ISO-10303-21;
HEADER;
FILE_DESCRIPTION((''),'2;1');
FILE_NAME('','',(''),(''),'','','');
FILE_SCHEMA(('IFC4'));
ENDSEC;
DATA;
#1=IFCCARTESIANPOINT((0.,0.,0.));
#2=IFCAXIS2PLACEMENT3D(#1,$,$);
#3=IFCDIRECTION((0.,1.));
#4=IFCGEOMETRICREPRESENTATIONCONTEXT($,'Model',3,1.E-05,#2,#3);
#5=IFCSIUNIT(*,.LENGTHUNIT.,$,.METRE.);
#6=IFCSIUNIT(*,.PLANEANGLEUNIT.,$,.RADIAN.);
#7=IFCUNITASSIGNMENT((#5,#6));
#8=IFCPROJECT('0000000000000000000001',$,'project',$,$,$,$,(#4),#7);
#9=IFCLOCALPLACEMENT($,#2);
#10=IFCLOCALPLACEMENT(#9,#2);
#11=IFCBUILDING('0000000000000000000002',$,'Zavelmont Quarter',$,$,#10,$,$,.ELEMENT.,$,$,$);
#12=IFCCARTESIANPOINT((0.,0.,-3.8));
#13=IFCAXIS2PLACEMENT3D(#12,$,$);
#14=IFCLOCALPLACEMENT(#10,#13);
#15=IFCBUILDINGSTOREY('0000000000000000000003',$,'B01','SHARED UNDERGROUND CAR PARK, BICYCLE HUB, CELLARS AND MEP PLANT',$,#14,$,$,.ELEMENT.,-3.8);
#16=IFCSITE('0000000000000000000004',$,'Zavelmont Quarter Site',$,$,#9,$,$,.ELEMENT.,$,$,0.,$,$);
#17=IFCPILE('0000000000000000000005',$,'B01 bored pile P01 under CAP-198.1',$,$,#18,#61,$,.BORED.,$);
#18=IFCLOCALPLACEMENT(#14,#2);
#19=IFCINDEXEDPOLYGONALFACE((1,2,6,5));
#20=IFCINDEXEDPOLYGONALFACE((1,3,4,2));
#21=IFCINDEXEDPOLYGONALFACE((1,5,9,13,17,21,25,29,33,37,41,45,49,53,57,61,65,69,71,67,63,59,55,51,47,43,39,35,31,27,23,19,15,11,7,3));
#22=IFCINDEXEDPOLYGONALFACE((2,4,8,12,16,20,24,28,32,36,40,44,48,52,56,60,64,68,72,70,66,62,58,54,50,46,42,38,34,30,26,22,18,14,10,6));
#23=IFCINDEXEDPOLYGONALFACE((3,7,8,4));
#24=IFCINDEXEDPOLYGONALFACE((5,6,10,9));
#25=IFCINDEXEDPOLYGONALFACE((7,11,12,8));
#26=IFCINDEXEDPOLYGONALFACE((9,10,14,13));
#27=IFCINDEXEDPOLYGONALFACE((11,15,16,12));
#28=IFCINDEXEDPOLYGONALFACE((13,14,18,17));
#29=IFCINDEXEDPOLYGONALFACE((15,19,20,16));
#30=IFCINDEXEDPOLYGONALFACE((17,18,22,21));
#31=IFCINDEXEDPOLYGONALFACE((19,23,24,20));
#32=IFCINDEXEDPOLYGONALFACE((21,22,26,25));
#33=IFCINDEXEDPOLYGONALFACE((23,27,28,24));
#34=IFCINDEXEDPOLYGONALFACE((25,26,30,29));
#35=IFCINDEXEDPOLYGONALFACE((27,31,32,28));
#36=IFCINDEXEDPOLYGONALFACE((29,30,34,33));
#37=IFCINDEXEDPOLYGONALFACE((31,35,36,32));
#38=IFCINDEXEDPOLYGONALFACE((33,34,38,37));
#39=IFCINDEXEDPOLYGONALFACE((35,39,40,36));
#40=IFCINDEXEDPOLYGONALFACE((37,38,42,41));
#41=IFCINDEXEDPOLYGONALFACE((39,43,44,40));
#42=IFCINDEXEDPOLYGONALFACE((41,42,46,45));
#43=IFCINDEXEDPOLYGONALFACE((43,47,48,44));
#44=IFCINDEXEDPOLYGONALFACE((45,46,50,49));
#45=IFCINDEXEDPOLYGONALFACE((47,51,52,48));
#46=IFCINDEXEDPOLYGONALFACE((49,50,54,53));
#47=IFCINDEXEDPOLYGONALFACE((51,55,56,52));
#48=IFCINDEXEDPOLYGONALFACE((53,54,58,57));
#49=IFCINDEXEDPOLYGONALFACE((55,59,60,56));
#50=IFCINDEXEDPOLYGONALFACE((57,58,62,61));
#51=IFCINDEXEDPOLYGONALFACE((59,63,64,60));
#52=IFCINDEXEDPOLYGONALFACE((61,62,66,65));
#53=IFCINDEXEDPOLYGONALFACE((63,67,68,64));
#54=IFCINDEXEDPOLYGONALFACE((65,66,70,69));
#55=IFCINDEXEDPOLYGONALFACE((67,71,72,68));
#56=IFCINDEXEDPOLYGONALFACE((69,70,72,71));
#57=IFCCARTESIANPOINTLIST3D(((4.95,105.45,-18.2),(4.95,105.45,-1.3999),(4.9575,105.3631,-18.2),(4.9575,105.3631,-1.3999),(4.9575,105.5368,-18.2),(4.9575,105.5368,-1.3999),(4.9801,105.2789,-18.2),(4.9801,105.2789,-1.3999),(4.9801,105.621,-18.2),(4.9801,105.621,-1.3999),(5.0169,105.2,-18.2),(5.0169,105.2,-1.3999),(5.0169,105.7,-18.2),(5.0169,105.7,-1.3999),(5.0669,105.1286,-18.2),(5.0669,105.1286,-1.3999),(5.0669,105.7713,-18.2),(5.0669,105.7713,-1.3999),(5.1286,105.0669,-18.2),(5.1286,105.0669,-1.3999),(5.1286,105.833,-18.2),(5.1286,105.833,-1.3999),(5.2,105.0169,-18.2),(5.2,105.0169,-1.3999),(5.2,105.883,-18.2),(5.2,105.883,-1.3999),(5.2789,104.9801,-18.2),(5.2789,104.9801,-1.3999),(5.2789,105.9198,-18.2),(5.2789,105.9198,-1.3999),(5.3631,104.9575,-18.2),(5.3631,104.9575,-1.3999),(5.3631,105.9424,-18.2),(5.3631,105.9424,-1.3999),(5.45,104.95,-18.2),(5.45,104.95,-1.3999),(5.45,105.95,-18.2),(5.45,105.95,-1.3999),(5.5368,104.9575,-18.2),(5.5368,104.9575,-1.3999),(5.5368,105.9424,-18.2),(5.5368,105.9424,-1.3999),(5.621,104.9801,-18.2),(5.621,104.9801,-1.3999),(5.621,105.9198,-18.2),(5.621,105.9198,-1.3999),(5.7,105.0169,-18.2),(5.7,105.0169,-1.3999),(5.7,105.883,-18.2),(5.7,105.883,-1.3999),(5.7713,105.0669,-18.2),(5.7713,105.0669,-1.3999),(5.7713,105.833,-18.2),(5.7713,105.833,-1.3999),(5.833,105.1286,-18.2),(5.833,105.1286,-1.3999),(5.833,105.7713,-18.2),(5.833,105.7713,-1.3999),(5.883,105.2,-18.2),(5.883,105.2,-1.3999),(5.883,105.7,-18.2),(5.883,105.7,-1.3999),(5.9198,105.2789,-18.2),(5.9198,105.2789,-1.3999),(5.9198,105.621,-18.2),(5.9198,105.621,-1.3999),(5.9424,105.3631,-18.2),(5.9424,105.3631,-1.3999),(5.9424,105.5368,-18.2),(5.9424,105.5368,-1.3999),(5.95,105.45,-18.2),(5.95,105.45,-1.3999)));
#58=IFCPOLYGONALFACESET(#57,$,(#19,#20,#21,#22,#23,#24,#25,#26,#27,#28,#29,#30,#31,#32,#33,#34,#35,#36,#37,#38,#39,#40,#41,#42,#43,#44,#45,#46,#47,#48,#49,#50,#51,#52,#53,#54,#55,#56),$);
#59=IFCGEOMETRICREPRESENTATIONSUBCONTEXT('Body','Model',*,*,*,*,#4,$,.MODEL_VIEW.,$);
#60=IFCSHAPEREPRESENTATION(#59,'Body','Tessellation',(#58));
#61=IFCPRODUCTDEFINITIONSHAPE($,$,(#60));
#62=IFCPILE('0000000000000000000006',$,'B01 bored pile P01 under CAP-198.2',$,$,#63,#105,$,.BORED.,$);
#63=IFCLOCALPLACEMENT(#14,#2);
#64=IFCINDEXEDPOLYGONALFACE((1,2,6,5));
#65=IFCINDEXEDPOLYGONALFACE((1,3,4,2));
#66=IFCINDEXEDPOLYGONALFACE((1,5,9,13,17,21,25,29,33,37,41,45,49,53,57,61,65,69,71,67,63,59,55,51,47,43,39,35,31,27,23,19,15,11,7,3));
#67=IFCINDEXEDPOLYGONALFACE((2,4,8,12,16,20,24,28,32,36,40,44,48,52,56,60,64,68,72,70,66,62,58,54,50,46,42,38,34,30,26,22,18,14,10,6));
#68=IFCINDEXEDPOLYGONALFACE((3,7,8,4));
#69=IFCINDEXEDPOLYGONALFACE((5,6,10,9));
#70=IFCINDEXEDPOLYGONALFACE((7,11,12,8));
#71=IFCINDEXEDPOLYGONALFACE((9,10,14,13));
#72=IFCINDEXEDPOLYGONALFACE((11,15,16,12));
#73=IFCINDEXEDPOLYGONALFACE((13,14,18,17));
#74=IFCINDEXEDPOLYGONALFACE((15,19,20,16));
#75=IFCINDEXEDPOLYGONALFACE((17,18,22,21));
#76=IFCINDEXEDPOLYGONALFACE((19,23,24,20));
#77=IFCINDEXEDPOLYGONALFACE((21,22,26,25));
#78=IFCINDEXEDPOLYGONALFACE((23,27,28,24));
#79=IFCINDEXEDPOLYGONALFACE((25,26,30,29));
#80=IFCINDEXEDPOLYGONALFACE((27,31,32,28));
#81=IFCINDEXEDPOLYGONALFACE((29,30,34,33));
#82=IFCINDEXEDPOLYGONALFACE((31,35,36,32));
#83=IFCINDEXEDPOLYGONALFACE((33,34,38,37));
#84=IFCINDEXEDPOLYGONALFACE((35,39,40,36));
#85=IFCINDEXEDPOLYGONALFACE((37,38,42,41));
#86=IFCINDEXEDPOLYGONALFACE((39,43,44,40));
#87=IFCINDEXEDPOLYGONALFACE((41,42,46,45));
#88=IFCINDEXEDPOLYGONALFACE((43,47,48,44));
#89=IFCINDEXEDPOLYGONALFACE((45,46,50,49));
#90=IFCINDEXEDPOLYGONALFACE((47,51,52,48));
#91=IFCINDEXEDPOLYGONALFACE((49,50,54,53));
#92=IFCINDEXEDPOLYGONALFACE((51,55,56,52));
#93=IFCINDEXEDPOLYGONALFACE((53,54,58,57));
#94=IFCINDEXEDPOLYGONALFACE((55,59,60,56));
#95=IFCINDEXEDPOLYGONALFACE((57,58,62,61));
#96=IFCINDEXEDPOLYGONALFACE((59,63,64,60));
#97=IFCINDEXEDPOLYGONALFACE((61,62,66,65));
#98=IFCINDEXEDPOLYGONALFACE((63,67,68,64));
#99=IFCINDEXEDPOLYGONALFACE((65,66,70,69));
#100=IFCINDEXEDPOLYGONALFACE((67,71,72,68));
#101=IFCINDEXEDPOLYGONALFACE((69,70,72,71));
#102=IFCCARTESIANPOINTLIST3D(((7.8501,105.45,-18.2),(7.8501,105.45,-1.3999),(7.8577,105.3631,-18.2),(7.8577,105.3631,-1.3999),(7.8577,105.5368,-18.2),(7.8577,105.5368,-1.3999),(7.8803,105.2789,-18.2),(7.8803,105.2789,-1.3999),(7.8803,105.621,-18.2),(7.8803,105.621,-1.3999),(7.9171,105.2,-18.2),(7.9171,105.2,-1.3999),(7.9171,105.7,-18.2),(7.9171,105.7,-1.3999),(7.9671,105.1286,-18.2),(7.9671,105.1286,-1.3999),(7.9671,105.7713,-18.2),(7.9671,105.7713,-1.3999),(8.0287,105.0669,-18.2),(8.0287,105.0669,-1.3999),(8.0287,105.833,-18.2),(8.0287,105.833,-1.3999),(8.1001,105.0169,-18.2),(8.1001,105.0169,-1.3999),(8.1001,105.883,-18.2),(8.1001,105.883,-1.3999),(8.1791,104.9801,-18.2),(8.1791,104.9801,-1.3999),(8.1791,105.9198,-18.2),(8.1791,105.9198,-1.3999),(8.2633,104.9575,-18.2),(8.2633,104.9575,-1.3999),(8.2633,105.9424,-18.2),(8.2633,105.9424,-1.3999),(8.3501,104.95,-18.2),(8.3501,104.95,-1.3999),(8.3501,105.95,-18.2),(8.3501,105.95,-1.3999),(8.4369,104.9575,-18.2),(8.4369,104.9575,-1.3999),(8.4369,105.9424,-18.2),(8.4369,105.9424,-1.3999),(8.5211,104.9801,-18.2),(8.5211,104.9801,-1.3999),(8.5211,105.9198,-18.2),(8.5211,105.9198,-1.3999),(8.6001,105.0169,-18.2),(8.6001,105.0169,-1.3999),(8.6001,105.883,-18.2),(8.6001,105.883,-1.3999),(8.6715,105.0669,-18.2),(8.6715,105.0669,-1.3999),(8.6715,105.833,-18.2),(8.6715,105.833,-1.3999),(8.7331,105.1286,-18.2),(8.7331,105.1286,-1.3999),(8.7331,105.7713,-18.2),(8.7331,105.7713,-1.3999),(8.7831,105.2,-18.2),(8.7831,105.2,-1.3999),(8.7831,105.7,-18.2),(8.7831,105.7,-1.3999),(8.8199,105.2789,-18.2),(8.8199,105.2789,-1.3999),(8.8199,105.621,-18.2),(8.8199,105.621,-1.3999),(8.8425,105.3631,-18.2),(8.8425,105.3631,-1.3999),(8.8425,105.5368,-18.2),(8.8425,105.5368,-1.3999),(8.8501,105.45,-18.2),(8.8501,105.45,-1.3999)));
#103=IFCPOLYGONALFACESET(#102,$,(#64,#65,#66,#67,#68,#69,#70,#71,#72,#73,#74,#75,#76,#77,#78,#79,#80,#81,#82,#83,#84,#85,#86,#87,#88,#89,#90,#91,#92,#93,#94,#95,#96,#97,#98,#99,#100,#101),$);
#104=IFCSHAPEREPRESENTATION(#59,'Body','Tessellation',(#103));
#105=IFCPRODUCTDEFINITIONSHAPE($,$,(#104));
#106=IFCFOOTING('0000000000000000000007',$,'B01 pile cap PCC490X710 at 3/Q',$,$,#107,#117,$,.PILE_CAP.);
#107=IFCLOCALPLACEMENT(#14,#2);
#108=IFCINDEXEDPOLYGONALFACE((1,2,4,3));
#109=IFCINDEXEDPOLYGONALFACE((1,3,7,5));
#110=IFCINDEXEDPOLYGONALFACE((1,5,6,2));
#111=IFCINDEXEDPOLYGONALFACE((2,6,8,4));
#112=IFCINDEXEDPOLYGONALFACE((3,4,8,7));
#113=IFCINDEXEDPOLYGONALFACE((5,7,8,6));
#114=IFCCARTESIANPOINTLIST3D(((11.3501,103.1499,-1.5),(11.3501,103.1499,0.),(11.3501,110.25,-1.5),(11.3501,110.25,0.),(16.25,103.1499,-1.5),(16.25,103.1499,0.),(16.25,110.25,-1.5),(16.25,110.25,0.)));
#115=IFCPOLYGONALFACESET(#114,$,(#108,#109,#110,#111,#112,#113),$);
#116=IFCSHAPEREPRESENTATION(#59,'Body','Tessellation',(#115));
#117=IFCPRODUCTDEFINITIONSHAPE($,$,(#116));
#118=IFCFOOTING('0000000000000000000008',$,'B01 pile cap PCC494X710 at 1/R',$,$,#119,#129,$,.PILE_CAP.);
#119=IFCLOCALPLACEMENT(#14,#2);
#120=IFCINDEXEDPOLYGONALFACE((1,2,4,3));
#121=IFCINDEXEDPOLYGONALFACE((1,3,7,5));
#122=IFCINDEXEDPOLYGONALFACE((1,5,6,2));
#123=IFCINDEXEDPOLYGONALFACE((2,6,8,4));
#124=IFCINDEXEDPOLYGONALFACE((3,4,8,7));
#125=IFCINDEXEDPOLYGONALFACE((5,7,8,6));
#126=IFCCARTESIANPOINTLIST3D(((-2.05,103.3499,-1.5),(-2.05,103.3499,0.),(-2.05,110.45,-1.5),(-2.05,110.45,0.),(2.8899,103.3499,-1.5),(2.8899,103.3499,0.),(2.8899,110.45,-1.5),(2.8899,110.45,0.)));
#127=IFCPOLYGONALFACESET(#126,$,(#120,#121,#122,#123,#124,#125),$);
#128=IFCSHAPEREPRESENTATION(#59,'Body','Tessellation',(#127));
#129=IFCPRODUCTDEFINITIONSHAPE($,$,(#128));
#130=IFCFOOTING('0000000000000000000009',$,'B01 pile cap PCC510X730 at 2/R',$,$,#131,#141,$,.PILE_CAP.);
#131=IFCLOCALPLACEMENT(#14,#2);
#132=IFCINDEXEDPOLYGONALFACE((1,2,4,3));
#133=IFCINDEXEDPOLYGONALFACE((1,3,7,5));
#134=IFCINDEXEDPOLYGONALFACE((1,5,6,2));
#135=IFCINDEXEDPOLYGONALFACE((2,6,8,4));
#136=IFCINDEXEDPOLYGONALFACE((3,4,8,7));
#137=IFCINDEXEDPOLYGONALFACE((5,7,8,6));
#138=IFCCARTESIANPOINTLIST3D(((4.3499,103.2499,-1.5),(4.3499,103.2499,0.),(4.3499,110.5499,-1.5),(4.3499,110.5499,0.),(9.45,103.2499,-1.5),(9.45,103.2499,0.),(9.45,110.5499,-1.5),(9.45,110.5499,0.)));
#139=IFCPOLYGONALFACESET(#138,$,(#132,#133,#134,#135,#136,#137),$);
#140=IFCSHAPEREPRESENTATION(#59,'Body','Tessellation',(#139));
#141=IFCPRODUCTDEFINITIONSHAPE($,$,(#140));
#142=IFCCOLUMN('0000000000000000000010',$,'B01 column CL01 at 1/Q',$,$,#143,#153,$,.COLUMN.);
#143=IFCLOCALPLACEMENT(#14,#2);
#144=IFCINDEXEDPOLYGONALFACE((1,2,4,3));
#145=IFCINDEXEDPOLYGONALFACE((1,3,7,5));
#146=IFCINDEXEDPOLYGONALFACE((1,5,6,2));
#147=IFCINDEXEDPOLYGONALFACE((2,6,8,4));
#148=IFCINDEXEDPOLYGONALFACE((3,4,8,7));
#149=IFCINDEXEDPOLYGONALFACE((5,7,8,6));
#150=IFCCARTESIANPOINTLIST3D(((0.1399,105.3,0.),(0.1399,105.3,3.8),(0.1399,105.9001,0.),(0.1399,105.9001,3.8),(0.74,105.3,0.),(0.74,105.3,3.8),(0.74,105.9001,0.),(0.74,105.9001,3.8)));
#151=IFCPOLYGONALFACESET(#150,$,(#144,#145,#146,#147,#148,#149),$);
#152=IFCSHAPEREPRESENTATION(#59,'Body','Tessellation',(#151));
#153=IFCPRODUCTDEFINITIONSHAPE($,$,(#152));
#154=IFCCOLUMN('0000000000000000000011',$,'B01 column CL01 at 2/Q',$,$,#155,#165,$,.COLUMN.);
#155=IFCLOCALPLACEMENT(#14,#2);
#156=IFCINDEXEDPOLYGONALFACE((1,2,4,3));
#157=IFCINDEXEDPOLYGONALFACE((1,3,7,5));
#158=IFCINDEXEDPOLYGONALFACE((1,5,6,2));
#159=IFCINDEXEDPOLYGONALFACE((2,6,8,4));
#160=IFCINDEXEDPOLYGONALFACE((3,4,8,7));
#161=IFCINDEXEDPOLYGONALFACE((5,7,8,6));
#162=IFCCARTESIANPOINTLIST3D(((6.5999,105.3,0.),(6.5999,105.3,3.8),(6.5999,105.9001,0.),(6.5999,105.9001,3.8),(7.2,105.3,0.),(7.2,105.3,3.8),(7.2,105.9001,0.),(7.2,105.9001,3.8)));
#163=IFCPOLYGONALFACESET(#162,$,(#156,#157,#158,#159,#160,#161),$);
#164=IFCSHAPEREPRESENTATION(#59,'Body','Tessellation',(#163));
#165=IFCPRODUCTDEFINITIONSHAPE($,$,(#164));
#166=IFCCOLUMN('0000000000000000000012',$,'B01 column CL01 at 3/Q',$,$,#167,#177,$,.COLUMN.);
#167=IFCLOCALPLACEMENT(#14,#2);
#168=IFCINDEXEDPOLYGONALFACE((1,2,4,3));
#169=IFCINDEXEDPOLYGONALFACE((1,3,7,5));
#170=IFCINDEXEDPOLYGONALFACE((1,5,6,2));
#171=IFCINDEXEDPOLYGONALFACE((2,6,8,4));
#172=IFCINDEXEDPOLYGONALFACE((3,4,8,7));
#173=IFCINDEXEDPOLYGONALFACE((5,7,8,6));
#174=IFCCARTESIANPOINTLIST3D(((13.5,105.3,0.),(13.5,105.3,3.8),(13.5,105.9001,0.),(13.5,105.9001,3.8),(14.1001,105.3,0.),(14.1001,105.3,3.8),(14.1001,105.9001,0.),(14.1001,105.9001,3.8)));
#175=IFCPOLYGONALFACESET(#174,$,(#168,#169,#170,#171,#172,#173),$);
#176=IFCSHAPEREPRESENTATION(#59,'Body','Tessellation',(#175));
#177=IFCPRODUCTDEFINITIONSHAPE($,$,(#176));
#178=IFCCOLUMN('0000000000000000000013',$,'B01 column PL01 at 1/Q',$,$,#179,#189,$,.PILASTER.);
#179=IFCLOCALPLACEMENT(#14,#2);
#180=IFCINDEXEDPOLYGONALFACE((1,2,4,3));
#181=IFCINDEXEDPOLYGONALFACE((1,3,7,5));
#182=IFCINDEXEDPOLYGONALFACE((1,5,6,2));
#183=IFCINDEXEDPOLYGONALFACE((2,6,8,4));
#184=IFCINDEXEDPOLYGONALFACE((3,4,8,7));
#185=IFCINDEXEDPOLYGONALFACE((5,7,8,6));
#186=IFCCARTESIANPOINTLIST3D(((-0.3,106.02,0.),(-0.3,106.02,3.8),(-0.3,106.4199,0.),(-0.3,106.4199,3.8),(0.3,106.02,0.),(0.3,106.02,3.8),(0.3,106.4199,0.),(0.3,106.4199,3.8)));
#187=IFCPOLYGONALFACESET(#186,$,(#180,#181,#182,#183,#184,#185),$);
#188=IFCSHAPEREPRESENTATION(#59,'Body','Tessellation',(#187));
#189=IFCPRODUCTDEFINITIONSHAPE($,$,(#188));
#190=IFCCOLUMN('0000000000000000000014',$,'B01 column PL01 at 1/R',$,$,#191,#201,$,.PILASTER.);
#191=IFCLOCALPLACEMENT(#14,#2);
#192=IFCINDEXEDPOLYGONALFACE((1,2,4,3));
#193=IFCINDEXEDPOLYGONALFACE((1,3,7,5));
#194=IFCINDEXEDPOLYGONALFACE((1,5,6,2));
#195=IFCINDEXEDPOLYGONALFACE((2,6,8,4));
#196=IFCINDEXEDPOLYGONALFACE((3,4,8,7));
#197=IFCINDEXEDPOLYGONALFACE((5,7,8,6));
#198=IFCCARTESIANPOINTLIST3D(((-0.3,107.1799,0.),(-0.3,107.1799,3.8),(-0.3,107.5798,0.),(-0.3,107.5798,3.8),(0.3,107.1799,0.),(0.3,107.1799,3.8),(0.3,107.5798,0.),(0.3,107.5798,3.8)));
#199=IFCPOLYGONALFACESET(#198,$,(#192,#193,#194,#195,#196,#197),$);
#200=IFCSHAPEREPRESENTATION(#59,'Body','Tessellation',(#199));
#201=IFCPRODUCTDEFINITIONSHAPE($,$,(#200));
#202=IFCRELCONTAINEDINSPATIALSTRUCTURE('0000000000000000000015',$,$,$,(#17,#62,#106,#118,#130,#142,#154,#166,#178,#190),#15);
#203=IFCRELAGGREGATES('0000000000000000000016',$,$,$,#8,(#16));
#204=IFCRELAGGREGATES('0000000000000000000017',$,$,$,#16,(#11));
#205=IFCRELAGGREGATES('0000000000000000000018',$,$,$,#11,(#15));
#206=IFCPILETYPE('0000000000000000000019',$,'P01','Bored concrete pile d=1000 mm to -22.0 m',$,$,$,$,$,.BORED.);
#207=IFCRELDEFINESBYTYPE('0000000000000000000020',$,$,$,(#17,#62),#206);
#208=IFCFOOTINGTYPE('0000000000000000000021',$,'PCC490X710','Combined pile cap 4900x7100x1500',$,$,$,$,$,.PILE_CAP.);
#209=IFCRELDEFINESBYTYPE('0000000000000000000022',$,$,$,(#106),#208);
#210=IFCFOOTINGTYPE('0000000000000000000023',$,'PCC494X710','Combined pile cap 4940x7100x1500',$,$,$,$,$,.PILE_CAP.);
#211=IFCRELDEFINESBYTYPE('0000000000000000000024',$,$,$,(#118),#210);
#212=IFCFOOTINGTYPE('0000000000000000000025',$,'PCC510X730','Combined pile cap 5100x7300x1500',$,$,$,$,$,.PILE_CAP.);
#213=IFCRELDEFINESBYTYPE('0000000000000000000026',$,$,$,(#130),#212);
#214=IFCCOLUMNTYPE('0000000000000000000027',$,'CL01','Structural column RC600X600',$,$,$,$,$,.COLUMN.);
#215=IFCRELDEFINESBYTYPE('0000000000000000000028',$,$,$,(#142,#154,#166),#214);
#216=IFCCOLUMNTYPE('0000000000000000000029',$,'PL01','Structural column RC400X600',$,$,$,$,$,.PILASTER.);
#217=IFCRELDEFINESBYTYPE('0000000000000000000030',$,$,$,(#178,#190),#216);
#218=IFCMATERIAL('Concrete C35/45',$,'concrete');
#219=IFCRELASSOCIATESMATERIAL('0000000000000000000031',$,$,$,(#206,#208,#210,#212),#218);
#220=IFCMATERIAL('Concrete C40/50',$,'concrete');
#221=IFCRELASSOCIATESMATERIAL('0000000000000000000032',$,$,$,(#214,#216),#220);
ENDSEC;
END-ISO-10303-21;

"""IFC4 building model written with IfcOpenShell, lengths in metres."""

from ifc_helpers import new_model, si_unit, direction, frame, origin, origin_2d, place, context, subcontext, project, spatial, rectangle, circle, extrude, material, material_profile, profile_set, type_object, element, save


model = new_model("IFC4")

# Units and contexts
model_context = context("Model", 3, precision=1e-05, world=origin(), true_north=direction((0.0, 1.0)))
body_context = subcontext(model_context, "Body", "Model", "MODEL_VIEW")
ifc_project = project(units=[si_unit("LENGTHUNIT", "METRE"), si_unit("PLANEANGLEUNIT", "RADIAN")], contexts=[model_context])

# Site, building, storey
site_placement = place(None, origin())
site = spatial("IfcSite", under=ifc_project, at=site_placement, Name="Zavelmont Quarter Site", CompositionType="ELEMENT", RefElevation=0.0)
building_placement = place(site_placement, origin())
building = spatial("IfcBuilding", under=site, at=building_placement, Name="Zavelmont Quarter", CompositionType="ELEMENT")
storey_placement = place(building_placement, frame((0.0, 0.0, -3.8)))
storey = spatial("IfcBuildingStorey", under=building, at=storey_placement, Name="B01", Description="SHARED UNDERGROUND CAR PARK, BICYCLE HUB, CELLARS AND MEP PLANT", CompositionType="ELEMENT", Elevation=-3.8)

# Shared definitions
ifc_material_1 = material(Name="Concrete C35/45", Category="concrete")

# Piles
ifc_material_profile_1 = material_profile(ifc_material_1, circle(Radius=0.5, at=origin_2d()), Name="BP1000")
ifc_profile_set_1 = profile_set([ifc_material_profile_1], Name="Concrete C35/45")
pile_type = type_object("IfcPileType", Name="P01", Description="Bored concrete pile d=1000 mm to -22.0 m", PredefinedType="BORED", material=ifc_profile_set_1)
for number, where, z_axis, x_axis, name in (
    (1, (5.45, 105.45, -1.3999), (0.0, 0.0, -1.0), (1.0, 0.0, 0.0), "B01 bored pile P01 under CAP-198.1"),
    (2, (8.3501, 105.45, -1.3999), (0.0, 0.0, -1.0), (1.0, 0.0, 0.0), "B01 bored pile P01 under CAP-198.2"),
):
    element("IfcPile", number, at=place(storey_placement, frame(where, z_axis=z_axis, x_axis=x_axis)), inside=storey, type_object=pile_type, Name=name, PredefinedType="BORED", context=body_context, shape_type="SweptSolid", body=[
        extrude(circle(Radius=0.5, at=origin_2d()), origin(), (0.0, 0.0, 1.0), 16.8),
    ])

# Footings
footing_type_1 = type_object("IfcFootingType", Name="PCC490X710", Description="Combined pile cap 4900x7100x1500", PredefinedType="PILE_CAP", material=ifc_material_1)
footing_1_placement = place(storey_placement, frame((13.8, 106.7, -1.5), z_axis=(0.0, 0.0, 1.0), x_axis=(1.0, 0.0, 0.0)))
element("IfcFooting", 3, at=footing_1_placement, inside=storey, type_object=footing_type_1, Name="B01 pile cap PCC490X710 at 3/Q", PredefinedType="PILE_CAP", context=body_context, shape_type="SweptSolid", body=[
    extrude(rectangle(XDim=4.8999, YDim=7.1001, at=origin_2d()), origin(), (0.0, 0.0, 1.0), 1.5),
])
footing_type_2 = type_object("IfcFootingType", Name="PCC494X710", Description="Combined pile cap 4940x7100x1500", PredefinedType="PILE_CAP", material=ifc_material_1)
footing_2_placement = place(storey_placement, frame((0.4199, 106.8999, -1.5), z_axis=(0.0, 0.0, 1.0), x_axis=(1.0, 0.0, 0.0)))
element("IfcFooting", 4, at=footing_2_placement, inside=storey, type_object=footing_type_2, Name="B01 pile cap PCC494X710 at 1/R", PredefinedType="PILE_CAP", context=body_context, shape_type="SweptSolid", body=[
    extrude(rectangle(XDim=4.9399, YDim=7.1001, at=origin_2d()), origin(), (0.0, 0.0, 1.0), 1.5),
])
footing_type_3 = type_object("IfcFootingType", Name="PCC510X730", Description="Combined pile cap 5100x7300x1500", PredefinedType="PILE_CAP", material=ifc_material_1)
footing_3_placement = place(storey_placement, frame((6.8999, 106.8999, -1.5), z_axis=(0.0, 0.0, 1.0), x_axis=(1.0, 0.0, 0.0)))
element("IfcFooting", 5, at=footing_3_placement, inside=storey, type_object=footing_type_3, Name="B01 pile cap PCC510X730 at 2/R", PredefinedType="PILE_CAP", context=body_context, shape_type="SweptSolid", body=[
    extrude(rectangle(XDim=5.1001, YDim=7.3, at=origin_2d()), origin(), (0.0, 0.0, 1.0), 1.5),
])

# Columns
ifc_material_2 = material(Name="Concrete C40/50", Category="concrete")
ifc_material_profile_2 = material_profile(ifc_material_2, rectangle(XDim=0.6001, YDim=0.6001, at=origin_2d()), Name="RC600X600")
ifc_profile_set_2 = profile_set([ifc_material_profile_2], Name="Concrete C40/50")
column_type_1 = type_object("IfcColumnType", Name="CL01", Description="Structural column RC600X600", PredefinedType="COLUMN", material=ifc_profile_set_2)
for number, where, z_axis, x_axis, name in (
    (6, (0.4399, 105.6001, 0.0), (0.0, 0.0, 1.0), (1.0, 0.0, 0.0), "B01 column CL01 at 1/Q"),
    (7, (6.8999, 105.6001, 0.0), (0.0, 0.0, 1.0), (1.0, 0.0, 0.0), "B01 column CL01 at 2/Q"),
    (8, (13.8, 105.6001, 0.0), (0.0, 0.0, 1.0), (1.0, 0.0, 0.0), "B01 column CL01 at 3/Q"),
):
    element("IfcColumn", number, at=place(storey_placement, frame(where, z_axis=z_axis, x_axis=x_axis)), inside=storey, type_object=column_type_1, Name=name, PredefinedType="COLUMN", context=body_context, shape_type="SweptSolid", body=[
        extrude(rectangle(XDim=0.6001, YDim=0.6001, at=origin_2d()), origin(), (0.0, 0.0, 1.0), 3.8),
    ])
ifc_material_profile_3 = material_profile(ifc_material_2, rectangle(XDim=0.3999, YDim=0.6001, at=origin_2d()), Name="RC400X600")
ifc_profile_set_3 = profile_set([ifc_material_profile_3], Name="Concrete C40/50")
column_type_2 = type_object("IfcColumnType", Name="PL01", Description="Structural column RC400X600", PredefinedType="PILASTER", material=ifc_profile_set_3)
for number, where, z_axis, x_axis, name in (
    (9, (0.0, 106.22, 0.0), (0.0, 0.0, 1.0), (0.0, 1.0, 0.0), "B01 column PL01 at 1/Q"),
    (10, (0.0, 107.3799, 0.0), (0.0, 0.0, 1.0), (0.0, 1.0, 0.0), "B01 column PL01 at 1/R"),
):
    element("IfcColumn", number, at=place(storey_placement, frame(where, z_axis=z_axis, x_axis=x_axis)), inside=storey, type_object=column_type_2, Name=name, PredefinedType="PILASTER", context=body_context, shape_type="SweptSolid", body=[
        extrude(rectangle(XDim=0.3999, YDim=0.6001, at=origin_2d()), origin(), (0.0, 0.0, 1.0), 3.8),
    ])

save(model, "model.ifc")
